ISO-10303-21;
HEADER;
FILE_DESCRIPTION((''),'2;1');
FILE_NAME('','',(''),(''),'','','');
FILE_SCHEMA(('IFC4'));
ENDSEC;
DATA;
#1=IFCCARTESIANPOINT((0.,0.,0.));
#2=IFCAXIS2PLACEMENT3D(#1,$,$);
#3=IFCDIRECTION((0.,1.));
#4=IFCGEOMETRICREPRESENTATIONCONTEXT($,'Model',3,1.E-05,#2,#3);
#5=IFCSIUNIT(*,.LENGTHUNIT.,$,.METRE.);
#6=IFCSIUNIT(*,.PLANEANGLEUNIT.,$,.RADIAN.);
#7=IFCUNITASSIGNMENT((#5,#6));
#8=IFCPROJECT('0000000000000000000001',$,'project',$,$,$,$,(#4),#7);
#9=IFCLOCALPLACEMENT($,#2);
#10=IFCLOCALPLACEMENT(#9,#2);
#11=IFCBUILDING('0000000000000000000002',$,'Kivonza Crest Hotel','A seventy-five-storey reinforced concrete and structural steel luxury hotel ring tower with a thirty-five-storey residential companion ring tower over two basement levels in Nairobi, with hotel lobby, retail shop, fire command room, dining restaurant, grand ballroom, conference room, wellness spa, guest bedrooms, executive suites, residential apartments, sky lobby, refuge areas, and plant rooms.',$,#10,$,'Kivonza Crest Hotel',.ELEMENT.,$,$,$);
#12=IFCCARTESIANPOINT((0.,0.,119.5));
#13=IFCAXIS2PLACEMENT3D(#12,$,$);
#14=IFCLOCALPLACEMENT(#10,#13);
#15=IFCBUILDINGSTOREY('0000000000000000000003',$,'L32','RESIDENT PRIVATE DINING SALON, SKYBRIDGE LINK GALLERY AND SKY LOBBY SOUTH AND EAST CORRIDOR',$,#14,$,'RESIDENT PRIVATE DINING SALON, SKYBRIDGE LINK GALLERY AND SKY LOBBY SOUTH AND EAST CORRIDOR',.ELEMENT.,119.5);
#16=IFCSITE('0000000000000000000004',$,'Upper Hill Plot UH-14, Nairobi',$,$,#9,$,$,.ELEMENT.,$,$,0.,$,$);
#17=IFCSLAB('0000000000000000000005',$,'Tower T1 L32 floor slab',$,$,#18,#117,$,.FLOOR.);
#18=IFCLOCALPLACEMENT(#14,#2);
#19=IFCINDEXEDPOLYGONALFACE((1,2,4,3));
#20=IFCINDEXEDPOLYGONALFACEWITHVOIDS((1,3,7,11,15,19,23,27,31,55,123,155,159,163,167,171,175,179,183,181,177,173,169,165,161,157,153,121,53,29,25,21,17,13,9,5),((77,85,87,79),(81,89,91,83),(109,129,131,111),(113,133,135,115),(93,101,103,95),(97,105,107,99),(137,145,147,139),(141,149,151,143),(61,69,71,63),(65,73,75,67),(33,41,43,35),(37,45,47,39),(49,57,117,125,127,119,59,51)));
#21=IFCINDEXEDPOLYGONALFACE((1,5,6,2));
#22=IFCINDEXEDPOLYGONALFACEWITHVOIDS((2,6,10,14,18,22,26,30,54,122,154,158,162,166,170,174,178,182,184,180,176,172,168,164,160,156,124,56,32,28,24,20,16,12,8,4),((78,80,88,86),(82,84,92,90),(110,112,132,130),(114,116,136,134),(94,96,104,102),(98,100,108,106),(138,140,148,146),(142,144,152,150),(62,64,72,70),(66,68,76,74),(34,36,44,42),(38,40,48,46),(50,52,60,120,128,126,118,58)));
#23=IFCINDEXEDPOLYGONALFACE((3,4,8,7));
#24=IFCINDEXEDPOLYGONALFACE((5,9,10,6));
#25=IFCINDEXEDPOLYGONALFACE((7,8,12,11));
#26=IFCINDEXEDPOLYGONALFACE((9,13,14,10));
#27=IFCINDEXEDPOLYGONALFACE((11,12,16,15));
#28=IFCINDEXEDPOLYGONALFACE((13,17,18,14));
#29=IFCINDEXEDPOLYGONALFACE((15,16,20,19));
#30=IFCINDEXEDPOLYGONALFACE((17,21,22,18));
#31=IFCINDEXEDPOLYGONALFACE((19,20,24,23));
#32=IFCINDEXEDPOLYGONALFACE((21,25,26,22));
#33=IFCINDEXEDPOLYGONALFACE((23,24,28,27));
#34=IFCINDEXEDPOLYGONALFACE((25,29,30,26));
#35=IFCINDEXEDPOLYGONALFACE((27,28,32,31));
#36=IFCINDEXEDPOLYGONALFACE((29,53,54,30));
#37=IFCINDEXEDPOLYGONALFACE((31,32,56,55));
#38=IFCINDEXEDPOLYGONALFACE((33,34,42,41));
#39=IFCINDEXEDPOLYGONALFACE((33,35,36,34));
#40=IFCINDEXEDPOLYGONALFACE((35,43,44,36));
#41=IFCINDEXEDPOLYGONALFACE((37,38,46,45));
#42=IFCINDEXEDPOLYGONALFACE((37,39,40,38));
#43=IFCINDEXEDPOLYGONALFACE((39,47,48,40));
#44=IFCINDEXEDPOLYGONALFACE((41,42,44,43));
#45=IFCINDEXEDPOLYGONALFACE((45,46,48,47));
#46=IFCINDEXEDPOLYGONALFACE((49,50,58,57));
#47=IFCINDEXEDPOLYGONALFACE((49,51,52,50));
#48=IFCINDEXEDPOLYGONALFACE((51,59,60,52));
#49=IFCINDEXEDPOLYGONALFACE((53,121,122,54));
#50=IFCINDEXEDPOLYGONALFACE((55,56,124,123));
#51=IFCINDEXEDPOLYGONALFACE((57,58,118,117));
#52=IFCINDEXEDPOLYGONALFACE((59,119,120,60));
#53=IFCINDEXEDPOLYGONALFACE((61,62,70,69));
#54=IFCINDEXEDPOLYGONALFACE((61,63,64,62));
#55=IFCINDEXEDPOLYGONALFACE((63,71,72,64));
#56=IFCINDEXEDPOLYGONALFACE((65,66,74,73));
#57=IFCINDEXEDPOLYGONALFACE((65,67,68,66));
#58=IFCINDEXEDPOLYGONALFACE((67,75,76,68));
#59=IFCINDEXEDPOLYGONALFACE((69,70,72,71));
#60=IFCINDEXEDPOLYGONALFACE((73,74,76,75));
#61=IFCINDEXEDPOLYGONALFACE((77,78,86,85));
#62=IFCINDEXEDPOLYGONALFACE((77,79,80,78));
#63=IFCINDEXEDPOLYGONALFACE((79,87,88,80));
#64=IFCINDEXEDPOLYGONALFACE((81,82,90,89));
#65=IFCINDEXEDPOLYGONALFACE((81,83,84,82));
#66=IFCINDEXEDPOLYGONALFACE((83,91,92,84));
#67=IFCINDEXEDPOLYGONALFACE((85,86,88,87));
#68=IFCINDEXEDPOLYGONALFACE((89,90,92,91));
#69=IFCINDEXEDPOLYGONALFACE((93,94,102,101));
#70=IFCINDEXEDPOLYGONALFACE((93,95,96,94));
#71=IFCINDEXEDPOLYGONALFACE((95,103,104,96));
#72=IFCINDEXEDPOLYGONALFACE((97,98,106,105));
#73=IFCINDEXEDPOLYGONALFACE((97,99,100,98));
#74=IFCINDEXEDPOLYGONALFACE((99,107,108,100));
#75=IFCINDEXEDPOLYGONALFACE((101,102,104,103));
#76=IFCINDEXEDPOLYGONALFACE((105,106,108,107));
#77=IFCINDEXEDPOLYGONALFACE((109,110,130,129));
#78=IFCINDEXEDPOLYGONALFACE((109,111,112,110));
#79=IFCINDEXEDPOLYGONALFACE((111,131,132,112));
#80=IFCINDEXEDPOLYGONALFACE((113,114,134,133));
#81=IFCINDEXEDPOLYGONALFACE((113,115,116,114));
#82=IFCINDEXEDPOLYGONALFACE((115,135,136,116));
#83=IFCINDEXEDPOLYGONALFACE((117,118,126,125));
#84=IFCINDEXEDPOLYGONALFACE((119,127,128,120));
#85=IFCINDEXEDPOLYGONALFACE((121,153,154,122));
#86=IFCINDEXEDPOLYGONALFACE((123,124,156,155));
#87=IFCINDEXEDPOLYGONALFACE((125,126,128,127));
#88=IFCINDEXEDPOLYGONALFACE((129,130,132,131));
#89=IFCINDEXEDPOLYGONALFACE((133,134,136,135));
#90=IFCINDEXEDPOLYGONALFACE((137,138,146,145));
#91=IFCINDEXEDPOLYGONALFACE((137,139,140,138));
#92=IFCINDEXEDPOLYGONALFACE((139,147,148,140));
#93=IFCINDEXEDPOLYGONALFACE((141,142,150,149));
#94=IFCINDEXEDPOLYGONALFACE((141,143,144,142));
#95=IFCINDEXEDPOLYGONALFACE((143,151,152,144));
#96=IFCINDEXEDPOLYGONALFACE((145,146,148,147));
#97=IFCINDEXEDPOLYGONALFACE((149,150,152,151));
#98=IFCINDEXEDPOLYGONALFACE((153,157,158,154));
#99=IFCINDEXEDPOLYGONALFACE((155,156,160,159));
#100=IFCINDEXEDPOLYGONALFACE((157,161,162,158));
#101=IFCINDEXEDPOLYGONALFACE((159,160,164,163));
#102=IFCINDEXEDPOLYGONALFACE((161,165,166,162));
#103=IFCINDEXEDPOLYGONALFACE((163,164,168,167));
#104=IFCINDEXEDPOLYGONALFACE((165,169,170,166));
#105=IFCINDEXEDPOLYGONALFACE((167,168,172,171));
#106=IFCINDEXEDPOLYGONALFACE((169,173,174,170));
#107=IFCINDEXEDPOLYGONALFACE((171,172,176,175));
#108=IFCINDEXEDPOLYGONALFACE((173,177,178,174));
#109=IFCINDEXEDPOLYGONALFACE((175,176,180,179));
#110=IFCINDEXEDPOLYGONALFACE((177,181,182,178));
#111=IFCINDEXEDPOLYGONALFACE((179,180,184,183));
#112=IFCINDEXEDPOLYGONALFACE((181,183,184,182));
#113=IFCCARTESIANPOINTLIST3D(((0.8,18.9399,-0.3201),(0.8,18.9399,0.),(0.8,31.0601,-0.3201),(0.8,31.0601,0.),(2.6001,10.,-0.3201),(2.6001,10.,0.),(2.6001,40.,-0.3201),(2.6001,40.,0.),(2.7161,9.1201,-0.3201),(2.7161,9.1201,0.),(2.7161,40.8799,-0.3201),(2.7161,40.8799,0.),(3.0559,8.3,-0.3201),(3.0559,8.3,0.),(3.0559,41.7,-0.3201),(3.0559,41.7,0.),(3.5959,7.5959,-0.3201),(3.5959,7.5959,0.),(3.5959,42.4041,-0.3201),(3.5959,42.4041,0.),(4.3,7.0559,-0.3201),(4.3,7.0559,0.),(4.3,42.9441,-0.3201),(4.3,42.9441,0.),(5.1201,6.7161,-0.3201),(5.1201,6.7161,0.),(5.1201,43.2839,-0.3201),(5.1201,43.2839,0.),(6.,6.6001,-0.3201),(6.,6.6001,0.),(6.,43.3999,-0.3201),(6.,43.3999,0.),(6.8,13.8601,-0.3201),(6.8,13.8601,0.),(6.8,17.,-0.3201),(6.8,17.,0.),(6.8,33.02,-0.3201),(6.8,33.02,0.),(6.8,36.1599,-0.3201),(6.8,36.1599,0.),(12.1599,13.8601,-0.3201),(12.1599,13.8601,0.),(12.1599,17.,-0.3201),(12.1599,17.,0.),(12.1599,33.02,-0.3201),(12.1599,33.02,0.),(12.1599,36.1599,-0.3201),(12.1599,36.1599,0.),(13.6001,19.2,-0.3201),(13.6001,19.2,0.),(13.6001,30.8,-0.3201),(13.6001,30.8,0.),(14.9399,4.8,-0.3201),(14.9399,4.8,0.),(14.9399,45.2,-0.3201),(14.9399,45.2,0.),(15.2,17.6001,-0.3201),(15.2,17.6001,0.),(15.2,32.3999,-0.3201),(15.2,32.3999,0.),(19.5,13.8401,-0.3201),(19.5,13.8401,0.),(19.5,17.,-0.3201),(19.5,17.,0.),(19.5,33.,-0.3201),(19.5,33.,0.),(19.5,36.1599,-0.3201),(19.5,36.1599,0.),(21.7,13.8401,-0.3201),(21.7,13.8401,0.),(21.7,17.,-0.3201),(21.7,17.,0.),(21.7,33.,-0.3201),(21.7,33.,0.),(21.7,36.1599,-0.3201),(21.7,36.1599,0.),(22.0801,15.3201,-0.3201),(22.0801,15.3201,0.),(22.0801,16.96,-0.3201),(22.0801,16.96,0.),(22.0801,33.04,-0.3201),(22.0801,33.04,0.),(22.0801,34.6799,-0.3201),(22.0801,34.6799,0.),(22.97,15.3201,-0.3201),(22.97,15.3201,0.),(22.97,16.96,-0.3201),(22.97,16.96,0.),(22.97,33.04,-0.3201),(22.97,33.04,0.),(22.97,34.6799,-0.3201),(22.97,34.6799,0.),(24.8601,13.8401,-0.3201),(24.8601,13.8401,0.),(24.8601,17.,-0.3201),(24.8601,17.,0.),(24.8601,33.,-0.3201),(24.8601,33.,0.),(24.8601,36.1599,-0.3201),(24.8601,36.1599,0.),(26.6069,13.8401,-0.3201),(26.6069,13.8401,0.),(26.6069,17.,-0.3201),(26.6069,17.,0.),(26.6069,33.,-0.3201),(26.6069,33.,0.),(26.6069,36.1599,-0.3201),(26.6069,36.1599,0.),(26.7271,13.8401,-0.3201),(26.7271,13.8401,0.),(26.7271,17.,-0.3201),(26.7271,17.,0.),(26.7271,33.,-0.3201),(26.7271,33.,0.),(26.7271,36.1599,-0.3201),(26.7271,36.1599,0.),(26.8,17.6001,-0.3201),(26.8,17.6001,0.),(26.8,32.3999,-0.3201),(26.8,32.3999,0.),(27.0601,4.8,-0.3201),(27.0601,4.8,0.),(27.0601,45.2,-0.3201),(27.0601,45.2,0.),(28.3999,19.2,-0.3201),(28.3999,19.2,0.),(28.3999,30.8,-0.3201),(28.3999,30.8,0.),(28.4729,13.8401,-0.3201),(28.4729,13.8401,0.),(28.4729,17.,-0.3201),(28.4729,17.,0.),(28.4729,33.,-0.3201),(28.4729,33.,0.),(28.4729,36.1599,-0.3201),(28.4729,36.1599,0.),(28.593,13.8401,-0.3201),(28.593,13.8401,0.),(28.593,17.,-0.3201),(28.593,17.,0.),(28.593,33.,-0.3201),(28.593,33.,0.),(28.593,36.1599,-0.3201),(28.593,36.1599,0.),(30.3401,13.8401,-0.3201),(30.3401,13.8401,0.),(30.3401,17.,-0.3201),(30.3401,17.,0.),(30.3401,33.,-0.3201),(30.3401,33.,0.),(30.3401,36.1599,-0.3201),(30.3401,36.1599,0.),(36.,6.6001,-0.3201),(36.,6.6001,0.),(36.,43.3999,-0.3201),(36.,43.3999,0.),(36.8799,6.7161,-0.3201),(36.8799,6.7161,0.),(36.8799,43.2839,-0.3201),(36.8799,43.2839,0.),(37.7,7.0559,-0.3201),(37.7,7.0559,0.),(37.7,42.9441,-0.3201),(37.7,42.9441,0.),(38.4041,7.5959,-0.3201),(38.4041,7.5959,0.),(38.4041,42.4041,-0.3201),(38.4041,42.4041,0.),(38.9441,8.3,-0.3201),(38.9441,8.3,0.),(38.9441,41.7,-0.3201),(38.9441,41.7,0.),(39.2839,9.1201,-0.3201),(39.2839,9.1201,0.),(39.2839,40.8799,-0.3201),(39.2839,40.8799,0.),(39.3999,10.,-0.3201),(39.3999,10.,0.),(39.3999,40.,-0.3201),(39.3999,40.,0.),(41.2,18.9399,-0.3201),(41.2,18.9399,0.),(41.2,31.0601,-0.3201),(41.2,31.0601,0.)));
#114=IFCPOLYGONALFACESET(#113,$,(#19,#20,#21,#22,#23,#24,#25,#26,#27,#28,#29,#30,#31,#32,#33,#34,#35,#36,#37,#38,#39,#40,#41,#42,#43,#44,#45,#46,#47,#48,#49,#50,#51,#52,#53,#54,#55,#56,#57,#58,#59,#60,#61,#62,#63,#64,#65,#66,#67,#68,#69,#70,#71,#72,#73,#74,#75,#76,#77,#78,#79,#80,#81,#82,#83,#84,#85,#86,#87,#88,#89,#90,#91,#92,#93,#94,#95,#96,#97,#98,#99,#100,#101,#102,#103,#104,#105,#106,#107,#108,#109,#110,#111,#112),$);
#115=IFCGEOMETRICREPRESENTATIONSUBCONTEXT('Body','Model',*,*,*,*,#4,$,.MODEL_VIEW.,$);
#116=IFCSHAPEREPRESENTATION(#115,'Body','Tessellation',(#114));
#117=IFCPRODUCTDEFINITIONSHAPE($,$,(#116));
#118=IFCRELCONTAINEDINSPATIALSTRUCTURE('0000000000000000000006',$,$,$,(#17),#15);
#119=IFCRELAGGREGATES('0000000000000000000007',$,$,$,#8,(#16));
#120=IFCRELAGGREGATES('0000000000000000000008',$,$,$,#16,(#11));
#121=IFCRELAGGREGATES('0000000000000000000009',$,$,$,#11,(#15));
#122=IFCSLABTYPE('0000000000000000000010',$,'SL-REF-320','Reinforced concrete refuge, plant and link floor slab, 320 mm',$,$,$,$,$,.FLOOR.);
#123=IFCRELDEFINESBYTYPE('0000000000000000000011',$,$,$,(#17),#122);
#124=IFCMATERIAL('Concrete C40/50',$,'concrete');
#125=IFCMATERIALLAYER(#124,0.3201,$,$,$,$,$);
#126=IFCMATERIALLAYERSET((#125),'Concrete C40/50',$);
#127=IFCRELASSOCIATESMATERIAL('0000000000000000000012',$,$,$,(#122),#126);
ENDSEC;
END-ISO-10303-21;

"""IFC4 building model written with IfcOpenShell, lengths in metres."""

from ifc_helpers import new_model, si_unit, direction, frame, origin, place, context, subcontext, project, spatial, polyline, outline, extrude, material, layer, layer_set, type_object, element, save


model = new_model("IFC4")

# Units and contexts
model_context = context("Model", 3, precision=1e-05, world=origin(), true_north=direction((0.0, 1.0)))
body_context = subcontext(model_context, "Body", "Model", "MODEL_VIEW")
ifc_project = project(units=[si_unit("LENGTHUNIT", "METRE"), si_unit("PLANEANGLEUNIT", "RADIAN")], contexts=[model_context])

# Site, building, storey
site_placement = place(None, origin())
site = spatial("IfcSite", under=ifc_project, at=site_placement, Name="Upper Hill Plot UH-14, Nairobi", CompositionType="ELEMENT", RefElevation=0.0)
building_placement = place(site_placement, origin())
building = spatial("IfcBuilding", under=site, at=building_placement, Name="Kivonza Crest Hotel", Description="A seventy-five-storey reinforced concrete and structural steel luxury hotel ring tower with a thirty-five-storey residential companion ring tower over two basement levels in Nairobi, with hotel lobby, retail shop, fire command room, dining restaurant, grand ballroom, conference room, wellness spa, guest bedrooms, executive suites, residential apartments, sky lobby, refuge areas, and plant rooms.", LongName="Kivonza Crest Hotel", CompositionType="ELEMENT")
storey_placement = place(building_placement, frame((0.0, 0.0, 119.5)))
storey = spatial("IfcBuildingStorey", under=building, at=storey_placement, Name="L32", Description="RESIDENT PRIVATE DINING SALON, SKYBRIDGE LINK GALLERY AND SKY LOBBY SOUTH AND EAST CORRIDOR", LongName="RESIDENT PRIVATE DINING SALON, SKYBRIDGE LINK GALLERY AND SKY LOBBY SOUTH AND EAST CORRIDOR", CompositionType="ELEMENT", Elevation=119.5)

# Shared definitions
ifc_material_1 = material(Name="Concrete C40/50", Category="concrete")

# Slab
ifc_layer_1 = layer(ifc_material_1, 0.3201)
ifc_layer_set_1 = layer_set([ifc_layer_1], Name="Concrete C40/50")
slab_type_1 = type_object("IfcSlabType", Name="SL-REF-320", Description="Reinforced concrete refuge, plant and link floor slab, 320 mm", PredefinedType="FLOOR", material=ifc_layer_set_1)
slab_1_placement = place(storey_placement, frame((0.0, 0.0, -0.3201)))
element("IfcSlab", 1, at=slab_1_placement, inside=storey, type_object=slab_type_1, Name="Tower T1 L32 floor slab", PredefinedType="FLOOR", context=body_context, shape_type="SweptSolid", body=[
    extrude(outline(polyline([(2.6001, 10.0), (2.7161, 9.1201), (3.0559, 8.3), (3.5959, 7.5959), (4.3, 7.0559), (5.1201, 6.7161), (6.0, 6.6001), (14.9399, 4.8), (27.0601, 4.8), (36.0, 6.6001), (36.8799, 6.7161), (37.7, 7.0559), (38.4041, 7.5959), (38.9441, 8.3), (39.2839, 9.1201), (39.3999, 10.0), (41.2, 18.9399), (41.2, 31.0601), (39.3999, 40.0), (39.2839, 40.8799), (38.9441, 41.7), (38.4041, 42.4041), (37.7, 42.9441), (36.8799, 43.2839), (36.0, 43.3999), (27.0601, 45.2), (14.9399, 45.2), (6.0, 43.3999), (5.1201, 43.2839), (4.3, 42.9441), (3.5959, 42.4041), (3.0559, 41.7), (2.7161, 40.8799), (2.6001, 40.0), (0.8, 31.0601), (0.8, 18.9399), (2.6001, 10.0)]), holes=[polyline([(15.2, 17.6001), (26.8, 17.6001), (28.3999, 19.2), (28.3999, 30.8), (26.8, 32.3999), (15.2, 32.3999), (13.6001, 30.8), (13.6001, 19.2), (15.2, 17.6001)]), polyline([(6.8, 33.02), (12.1599, 33.02), (12.1599, 36.1599), (6.8, 36.1599), (6.8, 33.02)]), polyline([(6.8, 13.8601), (12.1599, 13.8601), (12.1599, 17.0), (6.8, 17.0), (6.8, 13.8601)]), polyline([(22.0801, 33.04), (22.97, 33.04), (22.97, 34.6799), (22.0801, 34.6799), (22.0801, 33.04)]), polyline([(22.0801, 15.3201), (22.97, 15.3201), (22.97, 16.96), (22.0801, 16.96), (22.0801, 15.3201)]), polyline([(19.5, 33.0), (21.7, 33.0), (21.7, 36.1599), (19.5, 36.1599), (19.5, 33.0)]), polyline([(24.8601, 33.0), (26.6069, 33.0), (26.6069, 36.1599), (24.8601, 36.1599), (24.8601, 33.0)]), polyline([(26.7271, 33.0), (28.4729, 33.0), (28.4729, 36.1599), (26.7271, 36.1599), (26.7271, 33.0)]), polyline([(28.593, 33.0), (30.3401, 33.0), (30.3401, 36.1599), (28.593, 36.1599), (28.593, 33.0)]), polyline([(19.5, 13.8401), (21.7, 13.8401), (21.7, 17.0), (19.5, 17.0), (19.5, 13.8401)]), polyline([(24.8601, 13.8401), (26.6069, 13.8401), (26.6069, 17.0), (24.8601, 17.0), (24.8601, 13.8401)]), polyline([(26.7271, 13.8401), (28.4729, 13.8401), (28.4729, 17.0), (26.7271, 17.0), (26.7271, 13.8401)]), polyline([(28.593, 13.8401), (30.3401, 13.8401), (30.3401, 17.0), (28.593, 17.0), (28.593, 13.8401)])]), origin(), (0.0, 0.0, 1.0), 0.3201),
])

save(model, "model.ifc")
